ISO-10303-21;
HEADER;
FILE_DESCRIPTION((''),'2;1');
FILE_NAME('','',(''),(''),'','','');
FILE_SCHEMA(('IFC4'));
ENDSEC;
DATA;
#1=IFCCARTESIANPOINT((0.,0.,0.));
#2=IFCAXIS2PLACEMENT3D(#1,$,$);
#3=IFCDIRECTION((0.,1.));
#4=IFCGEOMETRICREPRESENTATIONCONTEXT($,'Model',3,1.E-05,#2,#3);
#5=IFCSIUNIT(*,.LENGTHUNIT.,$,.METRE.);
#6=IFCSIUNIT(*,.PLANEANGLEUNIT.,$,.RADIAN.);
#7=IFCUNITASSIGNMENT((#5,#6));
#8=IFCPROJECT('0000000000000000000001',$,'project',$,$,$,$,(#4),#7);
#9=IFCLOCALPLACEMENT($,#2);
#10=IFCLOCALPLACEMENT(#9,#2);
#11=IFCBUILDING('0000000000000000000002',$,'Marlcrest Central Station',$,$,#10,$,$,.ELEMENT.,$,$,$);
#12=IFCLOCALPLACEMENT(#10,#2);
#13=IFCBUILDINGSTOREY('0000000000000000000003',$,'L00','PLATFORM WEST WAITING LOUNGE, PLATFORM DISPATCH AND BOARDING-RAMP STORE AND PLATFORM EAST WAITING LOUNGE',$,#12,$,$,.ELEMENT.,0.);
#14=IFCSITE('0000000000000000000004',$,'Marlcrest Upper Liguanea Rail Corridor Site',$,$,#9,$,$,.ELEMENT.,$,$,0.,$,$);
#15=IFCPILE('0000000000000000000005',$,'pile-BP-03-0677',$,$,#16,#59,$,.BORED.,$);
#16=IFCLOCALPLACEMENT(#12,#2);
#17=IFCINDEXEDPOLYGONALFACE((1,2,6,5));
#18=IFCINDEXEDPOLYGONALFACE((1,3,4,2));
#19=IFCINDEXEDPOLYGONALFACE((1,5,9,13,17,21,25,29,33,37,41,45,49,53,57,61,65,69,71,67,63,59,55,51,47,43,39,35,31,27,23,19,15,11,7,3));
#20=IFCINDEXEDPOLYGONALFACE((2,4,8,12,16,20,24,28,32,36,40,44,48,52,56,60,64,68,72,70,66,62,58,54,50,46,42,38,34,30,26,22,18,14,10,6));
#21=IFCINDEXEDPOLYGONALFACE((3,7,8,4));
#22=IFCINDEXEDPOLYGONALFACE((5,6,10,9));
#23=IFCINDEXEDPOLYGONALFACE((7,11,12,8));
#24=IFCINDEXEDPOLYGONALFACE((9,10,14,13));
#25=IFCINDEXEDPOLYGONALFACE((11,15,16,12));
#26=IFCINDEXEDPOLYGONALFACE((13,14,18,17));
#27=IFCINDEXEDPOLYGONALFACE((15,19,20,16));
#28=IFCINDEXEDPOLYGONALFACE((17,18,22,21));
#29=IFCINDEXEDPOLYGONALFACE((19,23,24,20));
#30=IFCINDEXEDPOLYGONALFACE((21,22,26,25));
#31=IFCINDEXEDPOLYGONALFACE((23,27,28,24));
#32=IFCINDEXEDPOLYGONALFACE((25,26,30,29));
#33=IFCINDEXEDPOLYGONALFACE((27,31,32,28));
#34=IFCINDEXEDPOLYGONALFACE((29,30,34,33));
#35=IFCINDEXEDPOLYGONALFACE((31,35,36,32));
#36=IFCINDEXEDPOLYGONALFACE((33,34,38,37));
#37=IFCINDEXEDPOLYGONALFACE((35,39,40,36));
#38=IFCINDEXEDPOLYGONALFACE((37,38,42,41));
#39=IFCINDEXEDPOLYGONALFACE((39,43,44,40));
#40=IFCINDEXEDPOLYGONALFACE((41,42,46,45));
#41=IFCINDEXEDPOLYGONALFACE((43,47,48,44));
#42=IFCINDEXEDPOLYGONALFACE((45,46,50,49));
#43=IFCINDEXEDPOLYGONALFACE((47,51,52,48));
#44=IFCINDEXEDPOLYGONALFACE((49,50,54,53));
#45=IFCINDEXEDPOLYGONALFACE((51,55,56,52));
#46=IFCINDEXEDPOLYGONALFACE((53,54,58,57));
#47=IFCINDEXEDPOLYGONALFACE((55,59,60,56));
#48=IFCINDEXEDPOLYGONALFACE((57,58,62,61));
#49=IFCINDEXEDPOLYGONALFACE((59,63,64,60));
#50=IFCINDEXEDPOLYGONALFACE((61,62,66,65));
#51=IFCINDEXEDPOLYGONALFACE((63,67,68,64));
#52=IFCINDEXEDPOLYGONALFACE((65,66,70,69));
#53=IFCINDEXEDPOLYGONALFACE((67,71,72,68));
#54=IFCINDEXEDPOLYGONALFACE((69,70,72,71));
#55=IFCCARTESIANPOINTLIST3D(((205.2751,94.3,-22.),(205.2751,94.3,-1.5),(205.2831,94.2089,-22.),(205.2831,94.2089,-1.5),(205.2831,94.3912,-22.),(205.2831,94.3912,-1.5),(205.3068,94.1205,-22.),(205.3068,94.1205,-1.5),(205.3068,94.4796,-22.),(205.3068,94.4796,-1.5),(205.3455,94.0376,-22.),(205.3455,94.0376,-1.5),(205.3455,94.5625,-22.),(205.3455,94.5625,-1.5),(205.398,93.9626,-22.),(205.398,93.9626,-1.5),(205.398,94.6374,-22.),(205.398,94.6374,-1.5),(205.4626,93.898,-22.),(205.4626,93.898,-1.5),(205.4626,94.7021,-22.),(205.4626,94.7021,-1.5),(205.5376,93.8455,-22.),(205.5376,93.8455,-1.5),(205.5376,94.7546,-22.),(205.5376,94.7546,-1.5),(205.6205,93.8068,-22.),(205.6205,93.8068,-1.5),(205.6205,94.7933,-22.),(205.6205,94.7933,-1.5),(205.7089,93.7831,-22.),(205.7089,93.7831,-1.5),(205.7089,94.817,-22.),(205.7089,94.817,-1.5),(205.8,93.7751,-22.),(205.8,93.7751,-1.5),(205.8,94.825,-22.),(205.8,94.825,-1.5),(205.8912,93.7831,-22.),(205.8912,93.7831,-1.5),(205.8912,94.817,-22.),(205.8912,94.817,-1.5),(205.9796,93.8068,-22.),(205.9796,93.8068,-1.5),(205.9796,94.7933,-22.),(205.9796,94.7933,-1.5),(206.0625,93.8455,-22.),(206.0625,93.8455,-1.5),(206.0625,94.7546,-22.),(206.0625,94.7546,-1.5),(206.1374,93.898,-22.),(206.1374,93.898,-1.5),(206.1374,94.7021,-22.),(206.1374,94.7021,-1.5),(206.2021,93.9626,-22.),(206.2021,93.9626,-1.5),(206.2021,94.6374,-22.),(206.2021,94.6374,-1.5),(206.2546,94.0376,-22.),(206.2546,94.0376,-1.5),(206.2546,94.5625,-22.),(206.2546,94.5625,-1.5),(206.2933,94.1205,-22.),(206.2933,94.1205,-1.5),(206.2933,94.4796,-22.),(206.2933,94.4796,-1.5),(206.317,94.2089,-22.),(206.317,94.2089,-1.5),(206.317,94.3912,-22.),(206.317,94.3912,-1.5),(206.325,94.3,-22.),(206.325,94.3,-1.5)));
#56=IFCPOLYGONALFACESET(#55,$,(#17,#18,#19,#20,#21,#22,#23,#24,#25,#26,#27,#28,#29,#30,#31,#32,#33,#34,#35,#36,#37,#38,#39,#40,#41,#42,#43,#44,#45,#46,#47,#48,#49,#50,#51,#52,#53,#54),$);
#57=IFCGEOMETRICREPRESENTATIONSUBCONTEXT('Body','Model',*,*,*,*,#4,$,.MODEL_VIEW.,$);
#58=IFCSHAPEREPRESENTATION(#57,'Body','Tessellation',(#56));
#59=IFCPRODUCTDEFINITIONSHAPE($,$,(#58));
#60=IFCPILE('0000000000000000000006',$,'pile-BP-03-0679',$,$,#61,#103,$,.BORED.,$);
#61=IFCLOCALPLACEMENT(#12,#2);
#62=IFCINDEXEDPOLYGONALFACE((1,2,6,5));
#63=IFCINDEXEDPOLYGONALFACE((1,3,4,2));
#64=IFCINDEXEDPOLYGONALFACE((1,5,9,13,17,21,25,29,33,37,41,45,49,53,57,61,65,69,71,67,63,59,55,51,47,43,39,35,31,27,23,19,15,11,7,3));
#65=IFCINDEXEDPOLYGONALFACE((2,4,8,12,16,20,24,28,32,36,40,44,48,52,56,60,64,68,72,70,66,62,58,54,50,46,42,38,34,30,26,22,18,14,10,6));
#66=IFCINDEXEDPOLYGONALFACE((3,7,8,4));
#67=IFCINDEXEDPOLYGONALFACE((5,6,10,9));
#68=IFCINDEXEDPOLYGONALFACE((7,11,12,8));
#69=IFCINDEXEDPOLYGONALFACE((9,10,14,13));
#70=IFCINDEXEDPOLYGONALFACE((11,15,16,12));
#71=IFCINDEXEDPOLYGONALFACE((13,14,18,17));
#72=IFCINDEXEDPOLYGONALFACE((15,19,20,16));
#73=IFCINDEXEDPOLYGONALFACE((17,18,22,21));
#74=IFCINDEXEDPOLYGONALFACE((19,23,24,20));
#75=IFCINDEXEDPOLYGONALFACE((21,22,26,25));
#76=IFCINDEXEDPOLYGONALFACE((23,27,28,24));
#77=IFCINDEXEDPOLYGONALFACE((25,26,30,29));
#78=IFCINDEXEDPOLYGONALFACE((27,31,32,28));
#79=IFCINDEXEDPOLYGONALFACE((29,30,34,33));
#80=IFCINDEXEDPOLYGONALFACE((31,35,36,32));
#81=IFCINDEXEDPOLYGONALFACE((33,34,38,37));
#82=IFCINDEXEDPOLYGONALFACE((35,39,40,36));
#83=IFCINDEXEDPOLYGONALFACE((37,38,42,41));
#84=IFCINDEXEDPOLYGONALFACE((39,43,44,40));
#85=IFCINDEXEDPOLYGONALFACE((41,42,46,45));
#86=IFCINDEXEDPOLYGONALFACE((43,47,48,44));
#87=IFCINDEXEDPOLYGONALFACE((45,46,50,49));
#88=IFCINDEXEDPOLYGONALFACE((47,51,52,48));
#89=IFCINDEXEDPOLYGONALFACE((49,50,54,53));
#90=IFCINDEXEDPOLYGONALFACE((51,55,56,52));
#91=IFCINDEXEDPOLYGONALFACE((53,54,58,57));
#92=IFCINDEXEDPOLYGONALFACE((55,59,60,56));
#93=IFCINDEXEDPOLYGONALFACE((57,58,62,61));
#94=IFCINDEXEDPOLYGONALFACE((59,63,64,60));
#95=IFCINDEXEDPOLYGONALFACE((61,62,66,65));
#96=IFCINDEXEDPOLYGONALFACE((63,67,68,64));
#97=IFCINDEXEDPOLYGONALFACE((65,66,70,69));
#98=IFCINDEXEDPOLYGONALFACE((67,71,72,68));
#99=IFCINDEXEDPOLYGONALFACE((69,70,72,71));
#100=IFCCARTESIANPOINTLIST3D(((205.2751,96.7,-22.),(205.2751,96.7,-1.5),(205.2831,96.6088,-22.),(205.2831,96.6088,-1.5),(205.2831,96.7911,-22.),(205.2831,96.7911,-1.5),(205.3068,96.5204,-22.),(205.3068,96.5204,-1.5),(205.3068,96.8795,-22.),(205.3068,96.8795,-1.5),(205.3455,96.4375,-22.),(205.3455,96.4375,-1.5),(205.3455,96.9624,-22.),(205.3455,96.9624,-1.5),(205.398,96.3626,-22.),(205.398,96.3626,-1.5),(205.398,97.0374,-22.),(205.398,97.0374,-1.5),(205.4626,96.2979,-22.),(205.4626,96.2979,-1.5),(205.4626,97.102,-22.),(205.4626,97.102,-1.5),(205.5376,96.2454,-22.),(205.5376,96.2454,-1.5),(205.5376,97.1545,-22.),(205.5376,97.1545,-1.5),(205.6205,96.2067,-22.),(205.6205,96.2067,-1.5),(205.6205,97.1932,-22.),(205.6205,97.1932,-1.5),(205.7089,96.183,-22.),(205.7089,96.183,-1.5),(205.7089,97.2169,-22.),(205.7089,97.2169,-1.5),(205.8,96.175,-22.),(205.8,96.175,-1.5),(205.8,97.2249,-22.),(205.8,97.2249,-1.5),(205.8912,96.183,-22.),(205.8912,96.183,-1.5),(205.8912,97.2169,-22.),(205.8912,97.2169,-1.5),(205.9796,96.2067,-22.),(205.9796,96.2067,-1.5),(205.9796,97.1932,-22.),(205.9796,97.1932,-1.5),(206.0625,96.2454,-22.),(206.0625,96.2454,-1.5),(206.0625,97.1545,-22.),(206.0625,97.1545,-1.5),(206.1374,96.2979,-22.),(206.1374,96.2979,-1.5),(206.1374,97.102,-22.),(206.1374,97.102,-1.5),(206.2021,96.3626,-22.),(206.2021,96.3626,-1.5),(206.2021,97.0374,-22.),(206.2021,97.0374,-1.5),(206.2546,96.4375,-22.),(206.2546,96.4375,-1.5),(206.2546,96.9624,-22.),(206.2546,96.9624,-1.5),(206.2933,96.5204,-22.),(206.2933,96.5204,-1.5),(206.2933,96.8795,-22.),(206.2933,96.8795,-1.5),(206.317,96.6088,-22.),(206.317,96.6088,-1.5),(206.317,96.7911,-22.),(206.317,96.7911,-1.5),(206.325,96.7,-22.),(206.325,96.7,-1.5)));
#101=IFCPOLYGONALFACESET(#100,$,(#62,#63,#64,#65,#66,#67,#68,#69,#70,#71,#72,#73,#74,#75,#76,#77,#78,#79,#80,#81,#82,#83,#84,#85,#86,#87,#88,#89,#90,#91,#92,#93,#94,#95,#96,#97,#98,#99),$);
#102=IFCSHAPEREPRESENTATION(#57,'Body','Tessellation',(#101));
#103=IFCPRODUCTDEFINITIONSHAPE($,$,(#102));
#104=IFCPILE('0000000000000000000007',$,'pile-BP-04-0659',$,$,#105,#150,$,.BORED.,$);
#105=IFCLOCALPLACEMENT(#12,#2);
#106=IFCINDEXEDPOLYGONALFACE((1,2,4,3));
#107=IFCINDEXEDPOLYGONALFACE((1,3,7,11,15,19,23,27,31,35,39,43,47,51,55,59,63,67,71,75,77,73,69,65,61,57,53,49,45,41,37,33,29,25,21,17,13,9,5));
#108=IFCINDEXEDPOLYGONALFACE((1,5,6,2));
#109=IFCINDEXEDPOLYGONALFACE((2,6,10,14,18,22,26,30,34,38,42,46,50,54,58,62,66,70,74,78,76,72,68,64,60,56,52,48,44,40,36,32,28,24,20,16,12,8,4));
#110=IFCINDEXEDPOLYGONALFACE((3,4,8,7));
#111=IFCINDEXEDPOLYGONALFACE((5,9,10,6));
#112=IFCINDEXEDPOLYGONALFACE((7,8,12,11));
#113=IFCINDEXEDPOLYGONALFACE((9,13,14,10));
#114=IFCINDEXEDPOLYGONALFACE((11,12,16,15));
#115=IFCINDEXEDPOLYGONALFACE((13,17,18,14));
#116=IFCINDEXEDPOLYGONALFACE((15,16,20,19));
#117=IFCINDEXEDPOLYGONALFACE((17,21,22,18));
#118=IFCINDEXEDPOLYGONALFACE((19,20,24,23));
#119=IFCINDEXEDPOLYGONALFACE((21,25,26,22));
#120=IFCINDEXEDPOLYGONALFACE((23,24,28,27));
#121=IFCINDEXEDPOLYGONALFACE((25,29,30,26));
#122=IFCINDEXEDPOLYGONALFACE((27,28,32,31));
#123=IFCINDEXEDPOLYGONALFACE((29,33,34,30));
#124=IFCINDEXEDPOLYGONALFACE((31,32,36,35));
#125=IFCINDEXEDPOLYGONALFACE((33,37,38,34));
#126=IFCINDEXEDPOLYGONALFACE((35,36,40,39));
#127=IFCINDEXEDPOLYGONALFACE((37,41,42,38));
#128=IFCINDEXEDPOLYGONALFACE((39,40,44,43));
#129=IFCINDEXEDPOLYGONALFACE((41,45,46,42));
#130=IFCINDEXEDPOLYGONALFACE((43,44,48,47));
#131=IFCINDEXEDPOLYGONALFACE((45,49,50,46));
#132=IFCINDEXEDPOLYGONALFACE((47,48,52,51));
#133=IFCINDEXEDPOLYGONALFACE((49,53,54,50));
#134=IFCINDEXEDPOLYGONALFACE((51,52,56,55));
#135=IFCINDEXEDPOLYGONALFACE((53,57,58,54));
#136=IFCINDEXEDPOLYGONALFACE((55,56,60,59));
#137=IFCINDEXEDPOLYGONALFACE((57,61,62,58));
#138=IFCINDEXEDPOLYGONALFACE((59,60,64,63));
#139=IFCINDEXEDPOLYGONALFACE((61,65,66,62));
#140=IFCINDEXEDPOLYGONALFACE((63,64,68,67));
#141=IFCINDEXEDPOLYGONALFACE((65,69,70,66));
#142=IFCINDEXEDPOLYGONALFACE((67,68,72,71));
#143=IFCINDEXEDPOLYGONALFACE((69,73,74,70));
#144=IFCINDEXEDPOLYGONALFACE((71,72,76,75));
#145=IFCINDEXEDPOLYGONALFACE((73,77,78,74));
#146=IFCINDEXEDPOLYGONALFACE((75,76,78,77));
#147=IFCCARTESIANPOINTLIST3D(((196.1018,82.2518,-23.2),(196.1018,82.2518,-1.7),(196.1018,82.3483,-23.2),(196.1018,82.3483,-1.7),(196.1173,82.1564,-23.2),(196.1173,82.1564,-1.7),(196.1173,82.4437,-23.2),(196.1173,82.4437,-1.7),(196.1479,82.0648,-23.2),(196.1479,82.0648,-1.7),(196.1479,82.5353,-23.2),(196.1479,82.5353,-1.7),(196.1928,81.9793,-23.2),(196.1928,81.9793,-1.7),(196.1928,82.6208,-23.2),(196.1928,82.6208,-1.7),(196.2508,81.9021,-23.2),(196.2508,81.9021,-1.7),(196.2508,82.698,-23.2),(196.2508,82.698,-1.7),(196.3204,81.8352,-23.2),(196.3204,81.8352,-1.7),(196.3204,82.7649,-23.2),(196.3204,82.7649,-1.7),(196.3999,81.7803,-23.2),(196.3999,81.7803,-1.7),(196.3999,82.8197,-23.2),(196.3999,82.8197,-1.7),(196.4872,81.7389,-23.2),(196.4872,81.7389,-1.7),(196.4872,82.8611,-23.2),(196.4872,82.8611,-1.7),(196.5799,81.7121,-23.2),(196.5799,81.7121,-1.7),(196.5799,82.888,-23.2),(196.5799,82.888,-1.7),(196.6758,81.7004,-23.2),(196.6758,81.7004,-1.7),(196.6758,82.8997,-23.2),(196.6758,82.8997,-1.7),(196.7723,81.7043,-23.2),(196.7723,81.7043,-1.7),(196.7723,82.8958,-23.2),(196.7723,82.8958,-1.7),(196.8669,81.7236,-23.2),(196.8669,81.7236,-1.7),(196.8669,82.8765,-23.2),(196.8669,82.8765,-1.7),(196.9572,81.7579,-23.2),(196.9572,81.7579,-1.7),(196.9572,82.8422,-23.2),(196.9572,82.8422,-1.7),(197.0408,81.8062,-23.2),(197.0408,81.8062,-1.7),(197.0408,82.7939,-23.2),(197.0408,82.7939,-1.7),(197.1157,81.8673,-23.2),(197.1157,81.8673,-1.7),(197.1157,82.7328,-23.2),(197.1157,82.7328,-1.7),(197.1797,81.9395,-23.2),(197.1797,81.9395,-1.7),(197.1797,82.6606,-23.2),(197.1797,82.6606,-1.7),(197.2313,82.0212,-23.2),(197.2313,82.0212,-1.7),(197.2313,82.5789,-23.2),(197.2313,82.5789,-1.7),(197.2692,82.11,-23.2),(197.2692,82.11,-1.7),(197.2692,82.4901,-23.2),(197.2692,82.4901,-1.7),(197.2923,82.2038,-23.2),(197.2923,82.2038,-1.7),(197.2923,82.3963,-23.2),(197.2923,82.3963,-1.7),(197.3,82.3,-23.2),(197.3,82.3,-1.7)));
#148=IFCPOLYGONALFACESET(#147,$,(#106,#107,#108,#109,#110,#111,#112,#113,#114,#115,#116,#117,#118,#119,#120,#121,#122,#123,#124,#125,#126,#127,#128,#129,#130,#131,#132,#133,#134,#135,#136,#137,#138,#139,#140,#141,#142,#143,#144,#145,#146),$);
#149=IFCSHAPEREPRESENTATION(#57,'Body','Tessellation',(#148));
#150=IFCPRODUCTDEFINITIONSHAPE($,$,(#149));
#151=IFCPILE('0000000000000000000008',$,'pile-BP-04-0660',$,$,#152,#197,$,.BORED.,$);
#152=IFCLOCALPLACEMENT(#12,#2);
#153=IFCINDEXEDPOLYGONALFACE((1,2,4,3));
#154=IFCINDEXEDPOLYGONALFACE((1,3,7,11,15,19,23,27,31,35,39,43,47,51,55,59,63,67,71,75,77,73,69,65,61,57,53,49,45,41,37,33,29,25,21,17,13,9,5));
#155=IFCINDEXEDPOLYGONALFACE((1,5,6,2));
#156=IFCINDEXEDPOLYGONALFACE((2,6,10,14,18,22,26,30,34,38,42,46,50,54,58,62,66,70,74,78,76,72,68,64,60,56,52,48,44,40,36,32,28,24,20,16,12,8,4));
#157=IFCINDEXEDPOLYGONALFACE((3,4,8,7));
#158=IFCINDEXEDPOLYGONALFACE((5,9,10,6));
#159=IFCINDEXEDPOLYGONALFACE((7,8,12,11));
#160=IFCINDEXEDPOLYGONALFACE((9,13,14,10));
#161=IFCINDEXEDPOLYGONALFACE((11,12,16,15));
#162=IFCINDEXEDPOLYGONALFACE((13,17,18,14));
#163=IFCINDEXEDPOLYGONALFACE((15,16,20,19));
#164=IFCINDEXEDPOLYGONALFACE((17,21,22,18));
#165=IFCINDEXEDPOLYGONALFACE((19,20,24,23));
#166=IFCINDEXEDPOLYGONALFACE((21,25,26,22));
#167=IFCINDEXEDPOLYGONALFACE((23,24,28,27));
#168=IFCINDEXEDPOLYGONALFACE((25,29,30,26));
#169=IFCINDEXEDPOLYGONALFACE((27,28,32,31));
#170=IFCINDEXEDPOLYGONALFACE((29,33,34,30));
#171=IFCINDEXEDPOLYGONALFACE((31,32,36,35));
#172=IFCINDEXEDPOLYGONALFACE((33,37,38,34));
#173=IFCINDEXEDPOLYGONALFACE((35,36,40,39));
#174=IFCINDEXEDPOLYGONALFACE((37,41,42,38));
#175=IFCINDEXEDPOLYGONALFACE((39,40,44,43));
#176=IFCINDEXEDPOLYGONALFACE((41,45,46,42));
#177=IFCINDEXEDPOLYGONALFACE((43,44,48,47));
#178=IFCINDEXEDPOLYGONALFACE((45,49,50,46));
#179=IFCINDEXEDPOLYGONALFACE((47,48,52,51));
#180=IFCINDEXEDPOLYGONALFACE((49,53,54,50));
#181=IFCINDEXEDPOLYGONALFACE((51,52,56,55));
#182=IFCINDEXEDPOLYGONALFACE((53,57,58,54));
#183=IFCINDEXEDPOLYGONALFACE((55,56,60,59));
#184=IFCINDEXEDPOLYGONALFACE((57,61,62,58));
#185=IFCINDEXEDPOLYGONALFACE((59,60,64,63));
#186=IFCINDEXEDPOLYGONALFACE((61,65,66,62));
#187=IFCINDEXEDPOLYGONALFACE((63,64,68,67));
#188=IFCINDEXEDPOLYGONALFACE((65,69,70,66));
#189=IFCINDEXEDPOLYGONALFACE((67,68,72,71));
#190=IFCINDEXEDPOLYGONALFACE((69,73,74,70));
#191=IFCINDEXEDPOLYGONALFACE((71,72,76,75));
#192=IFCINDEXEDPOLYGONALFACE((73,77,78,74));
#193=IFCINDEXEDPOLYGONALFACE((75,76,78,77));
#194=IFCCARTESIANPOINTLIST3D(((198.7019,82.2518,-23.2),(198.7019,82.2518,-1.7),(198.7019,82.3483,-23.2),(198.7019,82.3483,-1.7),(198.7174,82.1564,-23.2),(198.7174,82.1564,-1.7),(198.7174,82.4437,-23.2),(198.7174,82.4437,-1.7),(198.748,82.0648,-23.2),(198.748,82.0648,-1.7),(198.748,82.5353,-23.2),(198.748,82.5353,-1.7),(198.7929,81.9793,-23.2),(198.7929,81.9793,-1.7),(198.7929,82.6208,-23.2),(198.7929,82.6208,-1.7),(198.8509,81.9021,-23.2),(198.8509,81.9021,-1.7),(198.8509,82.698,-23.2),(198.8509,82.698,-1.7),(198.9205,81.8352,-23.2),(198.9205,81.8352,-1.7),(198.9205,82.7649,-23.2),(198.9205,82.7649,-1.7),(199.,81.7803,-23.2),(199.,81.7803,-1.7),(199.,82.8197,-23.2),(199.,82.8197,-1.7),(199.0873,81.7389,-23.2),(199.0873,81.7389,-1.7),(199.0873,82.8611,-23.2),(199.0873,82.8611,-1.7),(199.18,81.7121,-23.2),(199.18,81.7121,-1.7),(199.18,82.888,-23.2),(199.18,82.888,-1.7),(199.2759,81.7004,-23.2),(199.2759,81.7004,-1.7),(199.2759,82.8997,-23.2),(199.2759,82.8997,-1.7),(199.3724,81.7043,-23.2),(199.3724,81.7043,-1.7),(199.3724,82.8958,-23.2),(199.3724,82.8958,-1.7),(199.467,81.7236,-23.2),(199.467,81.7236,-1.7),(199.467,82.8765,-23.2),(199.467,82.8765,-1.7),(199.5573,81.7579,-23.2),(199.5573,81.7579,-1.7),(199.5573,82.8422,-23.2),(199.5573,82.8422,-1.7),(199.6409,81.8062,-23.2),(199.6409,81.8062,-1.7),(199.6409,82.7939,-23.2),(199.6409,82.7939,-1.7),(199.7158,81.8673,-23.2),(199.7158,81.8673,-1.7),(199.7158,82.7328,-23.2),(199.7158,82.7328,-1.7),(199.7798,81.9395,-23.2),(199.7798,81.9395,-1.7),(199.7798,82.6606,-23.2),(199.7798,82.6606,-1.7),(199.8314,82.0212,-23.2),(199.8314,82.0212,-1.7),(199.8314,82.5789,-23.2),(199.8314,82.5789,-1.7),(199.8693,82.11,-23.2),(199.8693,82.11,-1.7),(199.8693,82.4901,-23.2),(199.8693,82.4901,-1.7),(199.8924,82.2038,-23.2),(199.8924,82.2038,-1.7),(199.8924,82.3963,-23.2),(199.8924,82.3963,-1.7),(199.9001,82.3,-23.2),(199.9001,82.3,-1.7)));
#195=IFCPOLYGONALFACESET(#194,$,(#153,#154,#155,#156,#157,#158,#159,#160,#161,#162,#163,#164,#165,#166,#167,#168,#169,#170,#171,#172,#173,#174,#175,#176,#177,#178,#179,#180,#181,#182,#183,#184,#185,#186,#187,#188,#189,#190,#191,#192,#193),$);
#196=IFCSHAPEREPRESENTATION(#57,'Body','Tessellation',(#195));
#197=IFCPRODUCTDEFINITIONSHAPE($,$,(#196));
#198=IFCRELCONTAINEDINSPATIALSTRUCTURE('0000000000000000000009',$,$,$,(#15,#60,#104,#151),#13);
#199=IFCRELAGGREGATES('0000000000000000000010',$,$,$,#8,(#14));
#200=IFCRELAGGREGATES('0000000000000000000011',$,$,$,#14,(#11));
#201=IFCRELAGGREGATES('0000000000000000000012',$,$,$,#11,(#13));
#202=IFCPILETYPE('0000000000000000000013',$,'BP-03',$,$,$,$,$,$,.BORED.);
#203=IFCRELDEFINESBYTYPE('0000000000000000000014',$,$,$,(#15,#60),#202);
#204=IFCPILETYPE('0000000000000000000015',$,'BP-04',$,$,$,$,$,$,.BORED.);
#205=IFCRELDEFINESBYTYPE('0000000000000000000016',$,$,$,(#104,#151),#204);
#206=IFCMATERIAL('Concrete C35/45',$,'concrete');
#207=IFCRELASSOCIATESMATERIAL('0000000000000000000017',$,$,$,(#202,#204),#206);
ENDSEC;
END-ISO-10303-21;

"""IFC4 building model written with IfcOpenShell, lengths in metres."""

from ifc_helpers import new_model, si_unit, direction, frame, origin, origin_2d, place, context, subcontext, project, spatial, circle, extrude, material, material_profile, profile_set, type_object, element, save


model = new_model("IFC4")

# Units and contexts
model_context = context("Model", 3, precision=1e-05, world=origin(), true_north=direction((0.0, 1.0)))
body_context = subcontext(model_context, "Body", "Model", "MODEL_VIEW")
ifc_project = project(units=[si_unit("LENGTHUNIT", "METRE"), si_unit("PLANEANGLEUNIT", "RADIAN")], contexts=[model_context])

# Site, building, storey
site_placement = place(None, origin())
site = spatial("IfcSite", under=ifc_project, at=site_placement, Name="Marlcrest Upper Liguanea Rail Corridor Site", CompositionType="ELEMENT", RefElevation=0.0)
building_placement = place(site_placement, origin())
building = spatial("IfcBuilding", under=site, at=building_placement, Name="Marlcrest Central Station", CompositionType="ELEMENT")
storey_placement = place(building_placement, origin())
storey = spatial("IfcBuildingStorey", under=building, at=storey_placement, Name="L00", Description="PLATFORM WEST WAITING LOUNGE, PLATFORM DISPATCH AND BOARDING-RAMP STORE AND PLATFORM EAST WAITING LOUNGE", CompositionType="ELEMENT", Elevation=0.0)

# Piles
ifc_material_1 = material(Name="Concrete C35/45", Category="concrete")
ifc_material_profile_1 = material_profile(ifc_material_1, circle(Radius=0.5249, at=origin_2d()), Name="PILE D1050")
ifc_profile_set_1 = profile_set([ifc_material_profile_1], Name="Concrete C35/45")
pile_type_1 = type_object("IfcPileType", Name="BP-03", PredefinedType="BORED", material=ifc_profile_set_1)
for number, where, z_axis, x_axis, name in (
    (1, (205.8, 94.3, -1.5), (0.0, 0.0, -1.0), (1.0, 0.0, 0.0), "pile-BP-03-0677"),
    (2, (205.8, 96.7, -1.5), (0.0, 0.0, -1.0), (1.0, 0.0, 0.0), "pile-BP-03-0679"),
):
    element("IfcPile", number, at=place(storey_placement, frame(where, z_axis=z_axis, x_axis=x_axis)), inside=storey, type_object=pile_type_1, Name=name, PredefinedType="BORED", context=body_context, shape_type="SweptSolid", body=[
        extrude(circle(Radius=0.5249, at=origin_2d()), origin(), (0.0, 0.0, 1.0), 20.5),
    ])
ifc_material_profile_2 = material_profile(ifc_material_1, circle(Radius=0.6001, at=origin_2d()), Name="PILE D1200")
ifc_profile_set_2 = profile_set([ifc_material_profile_2], Name="Concrete C35/45")
pile_type_2 = type_object("IfcPileType", Name="BP-04", PredefinedType="BORED", material=ifc_profile_set_2)
for number, where, z_axis, x_axis, name in (
    (3, (196.7, 82.3, -1.7), (0.0, 0.0, -1.0), (1.0, 0.0, 0.0), "pile-BP-04-0659"),
    (4, (199.3, 82.3, -1.7), (0.0, 0.0, -1.0), (1.0, 0.0, 0.0), "pile-BP-04-0660"),
):
    element("IfcPile", number, at=place(storey_placement, frame(where, z_axis=z_axis, x_axis=x_axis)), inside=storey, type_object=pile_type_2, Name=name, PredefinedType="BORED", context=body_context, shape_type="SweptSolid", body=[
        extrude(circle(Radius=0.6001, at=origin_2d()), origin(), (0.0, 0.0, 1.0), 21.5),
    ])

save(model, "model.ifc")
